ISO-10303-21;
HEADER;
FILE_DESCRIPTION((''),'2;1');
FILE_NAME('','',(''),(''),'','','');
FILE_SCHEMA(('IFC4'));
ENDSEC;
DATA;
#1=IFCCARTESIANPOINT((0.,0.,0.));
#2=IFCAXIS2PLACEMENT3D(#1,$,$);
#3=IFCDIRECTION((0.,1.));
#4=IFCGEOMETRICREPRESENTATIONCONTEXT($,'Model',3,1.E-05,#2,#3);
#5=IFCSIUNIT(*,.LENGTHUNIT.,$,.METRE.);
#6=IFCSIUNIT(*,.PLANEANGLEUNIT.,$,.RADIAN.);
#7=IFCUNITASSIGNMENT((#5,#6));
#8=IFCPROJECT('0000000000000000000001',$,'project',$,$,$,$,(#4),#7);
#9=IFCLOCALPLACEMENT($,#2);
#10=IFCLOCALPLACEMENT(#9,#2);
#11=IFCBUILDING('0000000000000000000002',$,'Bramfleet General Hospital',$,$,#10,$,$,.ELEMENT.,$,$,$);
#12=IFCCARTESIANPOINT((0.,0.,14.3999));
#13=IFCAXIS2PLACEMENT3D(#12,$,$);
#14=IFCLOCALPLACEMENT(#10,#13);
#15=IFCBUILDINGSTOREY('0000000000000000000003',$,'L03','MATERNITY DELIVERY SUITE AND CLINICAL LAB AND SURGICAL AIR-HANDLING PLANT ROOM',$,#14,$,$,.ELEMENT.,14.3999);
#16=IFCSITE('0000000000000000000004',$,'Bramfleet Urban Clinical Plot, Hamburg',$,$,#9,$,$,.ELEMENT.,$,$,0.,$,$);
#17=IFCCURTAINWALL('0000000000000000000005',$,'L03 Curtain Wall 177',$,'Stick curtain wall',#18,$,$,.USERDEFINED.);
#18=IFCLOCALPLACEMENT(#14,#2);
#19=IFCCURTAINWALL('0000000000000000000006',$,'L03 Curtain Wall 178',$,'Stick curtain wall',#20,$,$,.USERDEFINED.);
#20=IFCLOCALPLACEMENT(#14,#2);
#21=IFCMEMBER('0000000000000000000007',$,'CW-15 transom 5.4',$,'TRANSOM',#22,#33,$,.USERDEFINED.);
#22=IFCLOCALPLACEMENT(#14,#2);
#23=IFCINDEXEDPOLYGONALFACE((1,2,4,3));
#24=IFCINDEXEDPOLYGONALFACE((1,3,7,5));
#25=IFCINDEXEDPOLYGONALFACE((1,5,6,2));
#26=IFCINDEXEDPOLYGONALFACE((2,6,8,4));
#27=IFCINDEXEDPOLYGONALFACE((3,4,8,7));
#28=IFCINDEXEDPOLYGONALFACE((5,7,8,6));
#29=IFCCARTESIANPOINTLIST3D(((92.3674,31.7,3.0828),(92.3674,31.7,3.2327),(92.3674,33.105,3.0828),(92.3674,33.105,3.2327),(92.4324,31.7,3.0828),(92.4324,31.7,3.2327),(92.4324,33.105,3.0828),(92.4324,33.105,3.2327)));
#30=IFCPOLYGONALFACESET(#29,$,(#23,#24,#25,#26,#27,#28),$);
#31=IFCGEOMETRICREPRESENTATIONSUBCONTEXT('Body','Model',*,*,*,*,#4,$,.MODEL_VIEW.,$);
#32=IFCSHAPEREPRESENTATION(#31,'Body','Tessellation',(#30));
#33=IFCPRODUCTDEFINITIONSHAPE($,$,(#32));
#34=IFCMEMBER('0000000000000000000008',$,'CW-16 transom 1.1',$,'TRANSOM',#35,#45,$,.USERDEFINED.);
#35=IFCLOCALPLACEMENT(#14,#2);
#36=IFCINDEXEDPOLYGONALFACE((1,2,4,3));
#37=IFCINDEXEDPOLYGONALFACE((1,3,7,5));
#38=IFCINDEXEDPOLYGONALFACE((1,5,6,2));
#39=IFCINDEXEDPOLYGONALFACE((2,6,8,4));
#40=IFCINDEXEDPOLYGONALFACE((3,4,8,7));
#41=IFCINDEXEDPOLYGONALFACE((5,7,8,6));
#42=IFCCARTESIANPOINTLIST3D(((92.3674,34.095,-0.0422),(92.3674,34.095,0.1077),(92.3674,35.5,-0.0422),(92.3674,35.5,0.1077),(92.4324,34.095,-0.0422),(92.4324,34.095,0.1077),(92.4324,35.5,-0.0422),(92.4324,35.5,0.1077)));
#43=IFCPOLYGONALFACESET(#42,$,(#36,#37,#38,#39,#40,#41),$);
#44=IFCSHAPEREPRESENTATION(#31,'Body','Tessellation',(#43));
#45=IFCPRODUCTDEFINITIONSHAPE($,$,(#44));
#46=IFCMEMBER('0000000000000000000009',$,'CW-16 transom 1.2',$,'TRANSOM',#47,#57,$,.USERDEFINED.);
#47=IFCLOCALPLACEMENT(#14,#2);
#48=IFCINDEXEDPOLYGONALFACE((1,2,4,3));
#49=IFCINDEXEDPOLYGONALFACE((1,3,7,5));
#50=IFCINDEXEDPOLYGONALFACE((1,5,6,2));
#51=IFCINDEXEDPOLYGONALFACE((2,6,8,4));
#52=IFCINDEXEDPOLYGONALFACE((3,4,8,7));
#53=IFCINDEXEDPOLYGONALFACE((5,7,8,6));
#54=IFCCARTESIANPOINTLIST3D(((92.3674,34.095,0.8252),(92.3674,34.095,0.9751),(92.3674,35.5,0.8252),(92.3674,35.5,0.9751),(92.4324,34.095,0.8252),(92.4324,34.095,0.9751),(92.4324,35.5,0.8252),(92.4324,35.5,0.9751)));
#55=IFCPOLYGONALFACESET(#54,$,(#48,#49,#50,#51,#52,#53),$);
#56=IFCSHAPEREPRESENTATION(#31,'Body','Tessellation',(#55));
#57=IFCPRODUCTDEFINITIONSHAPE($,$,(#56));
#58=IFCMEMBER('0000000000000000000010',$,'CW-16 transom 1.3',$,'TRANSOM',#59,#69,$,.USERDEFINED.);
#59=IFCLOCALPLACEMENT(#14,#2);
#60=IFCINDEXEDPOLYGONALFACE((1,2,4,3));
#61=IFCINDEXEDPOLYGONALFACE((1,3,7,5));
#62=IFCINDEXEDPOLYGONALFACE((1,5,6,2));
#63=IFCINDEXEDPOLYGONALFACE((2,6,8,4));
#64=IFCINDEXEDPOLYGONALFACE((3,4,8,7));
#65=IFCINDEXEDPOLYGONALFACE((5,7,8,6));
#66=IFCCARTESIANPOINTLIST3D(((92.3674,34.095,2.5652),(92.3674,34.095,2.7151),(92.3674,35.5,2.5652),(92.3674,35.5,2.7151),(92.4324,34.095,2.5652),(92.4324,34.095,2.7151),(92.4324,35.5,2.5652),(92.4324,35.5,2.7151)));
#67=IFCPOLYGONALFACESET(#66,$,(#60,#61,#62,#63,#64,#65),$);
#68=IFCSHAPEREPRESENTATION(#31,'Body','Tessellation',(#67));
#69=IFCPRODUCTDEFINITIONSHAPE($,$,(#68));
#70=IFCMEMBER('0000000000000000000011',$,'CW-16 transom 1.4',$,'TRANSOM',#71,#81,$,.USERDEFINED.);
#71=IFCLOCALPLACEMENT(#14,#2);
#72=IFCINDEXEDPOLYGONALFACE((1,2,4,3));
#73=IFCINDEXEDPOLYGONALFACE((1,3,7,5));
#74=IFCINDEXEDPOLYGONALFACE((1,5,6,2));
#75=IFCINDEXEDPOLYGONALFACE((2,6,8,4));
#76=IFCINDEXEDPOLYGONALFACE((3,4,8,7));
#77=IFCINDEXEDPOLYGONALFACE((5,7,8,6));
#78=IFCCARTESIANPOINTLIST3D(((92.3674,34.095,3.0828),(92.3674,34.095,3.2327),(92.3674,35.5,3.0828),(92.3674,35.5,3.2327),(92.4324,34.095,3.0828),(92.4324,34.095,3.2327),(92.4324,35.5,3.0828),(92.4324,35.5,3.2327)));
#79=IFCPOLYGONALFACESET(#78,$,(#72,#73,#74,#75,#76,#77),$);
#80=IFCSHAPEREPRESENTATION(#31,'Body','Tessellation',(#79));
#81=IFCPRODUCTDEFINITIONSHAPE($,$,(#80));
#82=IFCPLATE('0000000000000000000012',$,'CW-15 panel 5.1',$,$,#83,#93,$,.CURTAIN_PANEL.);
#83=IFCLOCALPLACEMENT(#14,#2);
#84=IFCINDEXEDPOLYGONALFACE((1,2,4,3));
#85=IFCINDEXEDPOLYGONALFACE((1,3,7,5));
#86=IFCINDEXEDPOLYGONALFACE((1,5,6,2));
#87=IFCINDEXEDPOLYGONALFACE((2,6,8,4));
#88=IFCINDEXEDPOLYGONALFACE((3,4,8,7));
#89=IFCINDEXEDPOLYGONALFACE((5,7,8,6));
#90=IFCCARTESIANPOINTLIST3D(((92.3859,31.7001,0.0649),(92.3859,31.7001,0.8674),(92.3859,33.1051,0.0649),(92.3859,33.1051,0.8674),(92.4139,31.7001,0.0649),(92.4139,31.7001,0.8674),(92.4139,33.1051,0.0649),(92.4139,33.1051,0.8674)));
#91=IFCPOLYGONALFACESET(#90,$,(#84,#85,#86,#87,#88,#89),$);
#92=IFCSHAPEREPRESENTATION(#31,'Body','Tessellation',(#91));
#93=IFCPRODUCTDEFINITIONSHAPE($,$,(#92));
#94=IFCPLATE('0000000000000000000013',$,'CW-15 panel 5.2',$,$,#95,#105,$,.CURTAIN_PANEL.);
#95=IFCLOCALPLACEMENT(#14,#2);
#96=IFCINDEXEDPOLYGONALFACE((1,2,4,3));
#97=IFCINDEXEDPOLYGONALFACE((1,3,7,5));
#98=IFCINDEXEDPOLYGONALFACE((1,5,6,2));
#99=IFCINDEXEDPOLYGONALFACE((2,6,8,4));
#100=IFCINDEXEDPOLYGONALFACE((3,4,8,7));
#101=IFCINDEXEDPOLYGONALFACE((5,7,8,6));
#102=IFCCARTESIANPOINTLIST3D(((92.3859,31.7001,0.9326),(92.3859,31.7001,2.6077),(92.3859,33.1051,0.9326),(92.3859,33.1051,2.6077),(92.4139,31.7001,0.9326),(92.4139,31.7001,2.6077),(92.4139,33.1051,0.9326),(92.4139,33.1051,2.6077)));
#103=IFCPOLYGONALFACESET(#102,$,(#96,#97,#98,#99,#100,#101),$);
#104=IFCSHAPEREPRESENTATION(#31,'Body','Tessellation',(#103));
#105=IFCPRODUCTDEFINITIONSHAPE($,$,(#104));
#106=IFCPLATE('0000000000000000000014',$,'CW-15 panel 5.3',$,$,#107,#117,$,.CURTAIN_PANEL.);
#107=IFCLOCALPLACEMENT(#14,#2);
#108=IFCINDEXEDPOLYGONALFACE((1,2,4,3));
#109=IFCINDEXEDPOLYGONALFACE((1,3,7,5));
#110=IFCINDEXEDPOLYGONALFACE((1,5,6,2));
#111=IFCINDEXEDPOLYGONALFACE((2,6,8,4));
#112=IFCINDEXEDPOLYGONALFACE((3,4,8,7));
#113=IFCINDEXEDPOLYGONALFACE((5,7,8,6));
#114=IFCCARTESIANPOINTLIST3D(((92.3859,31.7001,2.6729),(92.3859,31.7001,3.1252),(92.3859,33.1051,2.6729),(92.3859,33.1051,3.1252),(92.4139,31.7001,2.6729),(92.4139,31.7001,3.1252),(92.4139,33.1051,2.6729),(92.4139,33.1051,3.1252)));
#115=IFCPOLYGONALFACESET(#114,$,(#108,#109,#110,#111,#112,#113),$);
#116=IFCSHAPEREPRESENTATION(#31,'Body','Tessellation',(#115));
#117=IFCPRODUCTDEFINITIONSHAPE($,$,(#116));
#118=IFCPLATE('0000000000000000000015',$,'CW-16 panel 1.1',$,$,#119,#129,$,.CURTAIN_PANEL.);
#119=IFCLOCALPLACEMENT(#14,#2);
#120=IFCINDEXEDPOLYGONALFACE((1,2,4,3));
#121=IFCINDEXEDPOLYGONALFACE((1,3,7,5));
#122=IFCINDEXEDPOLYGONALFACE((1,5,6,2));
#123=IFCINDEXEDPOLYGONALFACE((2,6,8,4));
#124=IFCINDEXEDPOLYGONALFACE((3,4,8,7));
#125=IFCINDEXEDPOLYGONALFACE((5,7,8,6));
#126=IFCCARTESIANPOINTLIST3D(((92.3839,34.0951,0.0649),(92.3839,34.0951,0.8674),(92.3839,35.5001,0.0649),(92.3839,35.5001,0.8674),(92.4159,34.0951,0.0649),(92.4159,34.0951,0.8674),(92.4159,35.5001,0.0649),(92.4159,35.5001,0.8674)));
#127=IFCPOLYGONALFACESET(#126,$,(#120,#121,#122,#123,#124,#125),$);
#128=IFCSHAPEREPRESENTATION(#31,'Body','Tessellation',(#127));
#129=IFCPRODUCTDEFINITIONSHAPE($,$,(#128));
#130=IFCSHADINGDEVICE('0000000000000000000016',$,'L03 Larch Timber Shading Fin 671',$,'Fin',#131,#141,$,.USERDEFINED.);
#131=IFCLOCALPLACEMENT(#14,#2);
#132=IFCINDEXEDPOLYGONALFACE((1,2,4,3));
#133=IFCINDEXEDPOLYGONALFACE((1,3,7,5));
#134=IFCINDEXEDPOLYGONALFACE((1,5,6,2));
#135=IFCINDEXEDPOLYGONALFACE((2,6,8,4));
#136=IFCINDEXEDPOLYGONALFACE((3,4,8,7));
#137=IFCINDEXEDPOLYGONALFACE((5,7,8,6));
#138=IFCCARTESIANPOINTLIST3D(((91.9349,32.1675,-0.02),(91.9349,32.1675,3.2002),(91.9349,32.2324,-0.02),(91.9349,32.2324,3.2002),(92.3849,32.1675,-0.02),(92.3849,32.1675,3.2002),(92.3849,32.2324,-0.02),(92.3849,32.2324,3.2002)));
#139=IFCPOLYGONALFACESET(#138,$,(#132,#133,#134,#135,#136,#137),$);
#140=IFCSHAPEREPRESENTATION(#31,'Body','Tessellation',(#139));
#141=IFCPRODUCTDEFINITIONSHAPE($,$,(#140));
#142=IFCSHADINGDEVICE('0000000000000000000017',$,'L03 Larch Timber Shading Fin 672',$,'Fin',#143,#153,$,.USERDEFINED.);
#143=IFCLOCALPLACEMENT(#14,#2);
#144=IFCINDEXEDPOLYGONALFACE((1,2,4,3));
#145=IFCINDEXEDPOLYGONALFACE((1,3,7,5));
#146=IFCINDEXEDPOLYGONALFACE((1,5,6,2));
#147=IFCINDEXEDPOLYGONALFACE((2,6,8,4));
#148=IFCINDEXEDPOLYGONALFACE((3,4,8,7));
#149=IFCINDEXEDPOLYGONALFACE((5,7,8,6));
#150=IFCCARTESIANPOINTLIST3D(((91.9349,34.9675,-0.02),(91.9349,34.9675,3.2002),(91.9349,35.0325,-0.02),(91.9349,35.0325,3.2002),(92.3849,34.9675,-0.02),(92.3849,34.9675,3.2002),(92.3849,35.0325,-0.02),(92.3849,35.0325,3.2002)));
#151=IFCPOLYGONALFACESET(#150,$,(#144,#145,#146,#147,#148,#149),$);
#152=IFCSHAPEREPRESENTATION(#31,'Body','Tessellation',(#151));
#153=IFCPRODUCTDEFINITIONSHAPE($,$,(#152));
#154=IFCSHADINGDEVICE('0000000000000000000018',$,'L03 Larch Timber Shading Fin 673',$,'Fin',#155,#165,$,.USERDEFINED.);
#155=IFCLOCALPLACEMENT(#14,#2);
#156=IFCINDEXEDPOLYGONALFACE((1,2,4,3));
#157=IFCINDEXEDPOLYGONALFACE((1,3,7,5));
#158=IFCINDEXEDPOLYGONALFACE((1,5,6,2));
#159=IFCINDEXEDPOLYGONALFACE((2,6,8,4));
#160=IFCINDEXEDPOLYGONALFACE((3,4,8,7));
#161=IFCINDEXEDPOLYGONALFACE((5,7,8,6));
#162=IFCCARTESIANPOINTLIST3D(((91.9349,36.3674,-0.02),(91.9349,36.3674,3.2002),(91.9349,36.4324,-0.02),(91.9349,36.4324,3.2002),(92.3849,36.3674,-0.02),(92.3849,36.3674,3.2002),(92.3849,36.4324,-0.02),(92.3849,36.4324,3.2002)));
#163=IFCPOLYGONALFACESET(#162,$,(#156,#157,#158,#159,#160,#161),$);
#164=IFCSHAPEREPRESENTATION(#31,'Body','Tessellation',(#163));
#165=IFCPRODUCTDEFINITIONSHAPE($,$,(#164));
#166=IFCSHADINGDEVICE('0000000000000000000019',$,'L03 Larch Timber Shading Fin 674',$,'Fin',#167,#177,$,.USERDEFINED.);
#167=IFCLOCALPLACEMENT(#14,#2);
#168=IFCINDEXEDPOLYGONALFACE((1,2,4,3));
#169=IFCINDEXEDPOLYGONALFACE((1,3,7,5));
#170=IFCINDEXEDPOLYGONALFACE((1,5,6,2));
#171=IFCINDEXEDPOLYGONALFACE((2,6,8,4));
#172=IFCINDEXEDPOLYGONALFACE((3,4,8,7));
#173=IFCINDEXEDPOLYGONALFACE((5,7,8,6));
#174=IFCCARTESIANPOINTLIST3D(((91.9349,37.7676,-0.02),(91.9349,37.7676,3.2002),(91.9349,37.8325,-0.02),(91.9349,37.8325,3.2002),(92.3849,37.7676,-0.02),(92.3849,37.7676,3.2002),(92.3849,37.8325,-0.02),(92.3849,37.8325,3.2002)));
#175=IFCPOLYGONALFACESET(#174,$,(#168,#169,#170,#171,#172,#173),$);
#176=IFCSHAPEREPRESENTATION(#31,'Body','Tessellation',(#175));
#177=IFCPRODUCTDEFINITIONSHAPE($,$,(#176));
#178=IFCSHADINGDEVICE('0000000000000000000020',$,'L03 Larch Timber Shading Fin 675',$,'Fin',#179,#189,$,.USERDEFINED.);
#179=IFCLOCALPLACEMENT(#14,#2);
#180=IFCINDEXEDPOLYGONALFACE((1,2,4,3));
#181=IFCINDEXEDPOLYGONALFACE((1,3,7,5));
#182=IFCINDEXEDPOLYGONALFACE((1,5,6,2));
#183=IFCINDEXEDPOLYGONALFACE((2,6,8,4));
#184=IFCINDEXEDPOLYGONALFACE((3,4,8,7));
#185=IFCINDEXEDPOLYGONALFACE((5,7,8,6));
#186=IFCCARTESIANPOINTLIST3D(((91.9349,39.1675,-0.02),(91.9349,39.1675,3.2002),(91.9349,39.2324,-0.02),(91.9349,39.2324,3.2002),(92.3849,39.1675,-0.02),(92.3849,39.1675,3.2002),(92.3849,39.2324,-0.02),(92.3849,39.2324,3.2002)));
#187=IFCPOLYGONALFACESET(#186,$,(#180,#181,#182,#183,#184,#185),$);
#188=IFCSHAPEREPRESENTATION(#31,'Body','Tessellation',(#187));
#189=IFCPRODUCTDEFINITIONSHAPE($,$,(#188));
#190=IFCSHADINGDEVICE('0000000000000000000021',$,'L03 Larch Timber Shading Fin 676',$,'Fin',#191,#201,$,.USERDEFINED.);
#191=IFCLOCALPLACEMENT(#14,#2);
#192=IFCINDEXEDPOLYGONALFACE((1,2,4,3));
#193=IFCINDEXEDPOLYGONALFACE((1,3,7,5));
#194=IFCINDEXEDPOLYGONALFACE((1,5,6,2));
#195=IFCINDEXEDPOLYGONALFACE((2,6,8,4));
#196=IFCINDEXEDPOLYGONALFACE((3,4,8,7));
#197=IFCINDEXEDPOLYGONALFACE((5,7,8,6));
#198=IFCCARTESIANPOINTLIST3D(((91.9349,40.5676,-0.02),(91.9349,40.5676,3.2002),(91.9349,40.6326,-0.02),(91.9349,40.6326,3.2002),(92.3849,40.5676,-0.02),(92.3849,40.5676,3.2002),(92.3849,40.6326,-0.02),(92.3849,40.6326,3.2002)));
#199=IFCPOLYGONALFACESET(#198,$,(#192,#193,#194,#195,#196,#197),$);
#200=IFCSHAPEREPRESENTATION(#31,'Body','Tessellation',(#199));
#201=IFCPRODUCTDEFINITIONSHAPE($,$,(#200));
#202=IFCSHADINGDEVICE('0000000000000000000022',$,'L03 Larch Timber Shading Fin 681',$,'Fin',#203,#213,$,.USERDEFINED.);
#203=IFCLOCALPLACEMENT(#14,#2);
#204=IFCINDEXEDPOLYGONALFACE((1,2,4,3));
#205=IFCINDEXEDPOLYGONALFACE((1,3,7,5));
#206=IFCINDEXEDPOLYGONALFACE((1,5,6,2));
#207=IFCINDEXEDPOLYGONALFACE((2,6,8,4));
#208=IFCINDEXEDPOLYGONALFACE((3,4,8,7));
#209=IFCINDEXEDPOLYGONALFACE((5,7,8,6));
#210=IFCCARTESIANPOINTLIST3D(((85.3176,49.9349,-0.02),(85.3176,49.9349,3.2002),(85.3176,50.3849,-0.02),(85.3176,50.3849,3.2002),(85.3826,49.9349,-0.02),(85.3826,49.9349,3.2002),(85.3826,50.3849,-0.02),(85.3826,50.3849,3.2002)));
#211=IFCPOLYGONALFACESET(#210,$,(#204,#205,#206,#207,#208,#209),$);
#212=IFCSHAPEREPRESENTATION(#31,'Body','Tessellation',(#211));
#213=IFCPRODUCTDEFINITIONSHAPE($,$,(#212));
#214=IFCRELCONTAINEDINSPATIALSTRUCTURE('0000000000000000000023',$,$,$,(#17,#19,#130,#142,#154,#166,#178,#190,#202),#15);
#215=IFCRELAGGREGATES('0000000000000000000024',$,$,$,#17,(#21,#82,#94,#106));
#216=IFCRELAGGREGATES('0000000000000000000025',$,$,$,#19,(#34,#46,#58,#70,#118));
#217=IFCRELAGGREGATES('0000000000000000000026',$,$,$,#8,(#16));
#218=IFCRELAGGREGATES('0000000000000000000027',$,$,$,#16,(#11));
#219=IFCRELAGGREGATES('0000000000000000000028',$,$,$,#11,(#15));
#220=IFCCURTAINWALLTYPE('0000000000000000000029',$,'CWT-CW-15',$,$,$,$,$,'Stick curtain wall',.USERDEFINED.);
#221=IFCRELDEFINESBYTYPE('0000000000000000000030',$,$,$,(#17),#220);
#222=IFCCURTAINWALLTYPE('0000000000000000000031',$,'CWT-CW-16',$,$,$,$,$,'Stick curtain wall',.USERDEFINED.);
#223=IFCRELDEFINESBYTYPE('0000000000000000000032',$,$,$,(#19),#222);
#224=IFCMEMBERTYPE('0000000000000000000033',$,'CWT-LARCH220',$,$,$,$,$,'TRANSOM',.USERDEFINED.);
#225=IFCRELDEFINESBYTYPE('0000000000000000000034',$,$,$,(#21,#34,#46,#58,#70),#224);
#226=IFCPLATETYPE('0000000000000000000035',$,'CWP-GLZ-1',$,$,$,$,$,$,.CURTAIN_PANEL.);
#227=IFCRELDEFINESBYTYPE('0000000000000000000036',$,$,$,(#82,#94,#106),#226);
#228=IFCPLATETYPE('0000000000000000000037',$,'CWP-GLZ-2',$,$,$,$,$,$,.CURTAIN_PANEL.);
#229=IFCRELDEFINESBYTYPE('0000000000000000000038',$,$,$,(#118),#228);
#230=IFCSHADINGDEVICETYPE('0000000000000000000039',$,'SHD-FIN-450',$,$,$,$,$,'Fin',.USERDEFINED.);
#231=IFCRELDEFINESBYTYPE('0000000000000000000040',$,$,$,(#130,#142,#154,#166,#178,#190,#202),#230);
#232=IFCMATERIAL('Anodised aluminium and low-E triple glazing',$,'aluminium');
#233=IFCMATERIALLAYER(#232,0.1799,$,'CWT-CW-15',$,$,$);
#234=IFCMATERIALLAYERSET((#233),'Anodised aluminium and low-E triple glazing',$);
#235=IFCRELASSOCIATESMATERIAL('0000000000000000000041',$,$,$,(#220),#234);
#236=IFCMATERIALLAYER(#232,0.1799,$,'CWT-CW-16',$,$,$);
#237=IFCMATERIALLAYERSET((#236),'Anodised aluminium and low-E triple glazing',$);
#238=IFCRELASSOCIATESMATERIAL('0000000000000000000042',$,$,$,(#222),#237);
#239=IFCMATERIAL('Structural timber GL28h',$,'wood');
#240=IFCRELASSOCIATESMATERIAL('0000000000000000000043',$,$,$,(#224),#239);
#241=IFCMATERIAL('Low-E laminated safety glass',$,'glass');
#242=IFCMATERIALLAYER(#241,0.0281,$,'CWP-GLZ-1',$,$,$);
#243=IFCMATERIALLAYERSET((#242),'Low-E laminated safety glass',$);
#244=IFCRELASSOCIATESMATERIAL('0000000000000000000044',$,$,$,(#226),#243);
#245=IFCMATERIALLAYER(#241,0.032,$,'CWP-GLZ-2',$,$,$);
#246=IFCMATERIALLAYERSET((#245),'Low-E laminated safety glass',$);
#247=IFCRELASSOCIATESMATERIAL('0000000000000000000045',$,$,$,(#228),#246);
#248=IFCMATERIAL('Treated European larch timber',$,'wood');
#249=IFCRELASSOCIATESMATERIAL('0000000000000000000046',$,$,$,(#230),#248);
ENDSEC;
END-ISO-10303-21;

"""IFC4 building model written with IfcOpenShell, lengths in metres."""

from ifc_helpers import new_model, si_unit, direction, frame, origin, origin_2d, place, context, subcontext, project, spatial, rectangle, extrude, material, layer, layer_set, material_profile, profile_set, type_object, element, aggregate, save


model = new_model("IFC4")

# Units and contexts
model_context = context("Model", 3, precision=1e-05, world=origin(), true_north=direction((0.0, 1.0)))
body_context = subcontext(model_context, "Body", "Model", "MODEL_VIEW")
ifc_project = project(units=[si_unit("LENGTHUNIT", "METRE"), si_unit("PLANEANGLEUNIT", "RADIAN")], contexts=[model_context])

# Site, building, storey
site_placement = place(None, origin())
site = spatial("IfcSite", under=ifc_project, at=site_placement, Name="Bramfleet Urban Clinical Plot, Hamburg", CompositionType="ELEMENT", RefElevation=0.0)
building_placement = place(site_placement, origin())
building = spatial("IfcBuilding", under=site, at=building_placement, Name="Bramfleet General Hospital", CompositionType="ELEMENT")
storey_placement = place(building_placement, frame((0.0, 0.0, 14.3999)))
storey = spatial("IfcBuildingStorey", under=building, at=storey_placement, Name="L03", Description="MATERNITY DELIVERY SUITE AND CLINICAL LAB AND SURGICAL AIR-HANDLING PLANT ROOM", CompositionType="ELEMENT", Elevation=14.3999)

# Curtain walls
ifc_material_1 = material(Name="Anodised aluminium and low-E triple glazing", Category="aluminium")
ifc_layer_1 = layer(ifc_material_1, 0.1799, Name="CWT-CW-15")
ifc_layer_set_1 = layer_set([ifc_layer_1], Name="Anodised aluminium and low-E triple glazing")
curtain_wall_type_1 = type_object("IfcCurtainWallType", Name="CWT-CW-15", ElementType="Stick curtain wall", PredefinedType="USERDEFINED", material=ifc_layer_set_1)
curtain_wall_1_placement = place(storey_placement, origin())
curtain_wall_1 = element("IfcCurtainWall", 1, at=curtain_wall_1_placement, inside=storey, type_object=curtain_wall_type_1, Name="L03 Curtain Wall 177", ObjectType="Stick curtain wall", PredefinedType="USERDEFINED")
ifc_material_2 = material(Name="Structural timber GL28h", Category="wood")
ifc_layer_2 = layer(ifc_material_1, 0.1799, Name="CWT-CW-16")
ifc_layer_set_2 = layer_set([ifc_layer_2], Name="Anodised aluminium and low-E triple glazing")
curtain_wall_type_2 = type_object("IfcCurtainWallType", Name="CWT-CW-16", ElementType="Stick curtain wall", PredefinedType="USERDEFINED", material=ifc_layer_set_2)
curtain_wall_2_placement = place(storey_placement, origin())
curtain_wall_2 = element("IfcCurtainWall", 2, at=curtain_wall_2_placement, inside=storey, type_object=curtain_wall_type_2, Name="L03 Curtain Wall 178", ObjectType="Stick curtain wall", PredefinedType="USERDEFINED")

# Members
ifc_material_profile_1 = material_profile(ifc_material_2, rectangle(XDim=0.0649, YDim=0.1499, at=origin_2d()), Name="LARCH 150x65")
ifc_profile_set_1 = profile_set([ifc_material_profile_1], Name="Structural timber GL28h")
member_type_1 = type_object("IfcMemberType", Name="CWT-LARCH220", ElementType="TRANSOM", PredefinedType="USERDEFINED", material=ifc_profile_set_1)
member_1_placement = place(storey_placement, frame((92.3999, 31.7, 3.1577), z_axis=(0.0, 1.0, 0.0), x_axis=(-1.0, 0.0, 0.0)))
member_1 = element("IfcMember", 3, at=member_1_placement, type_object=member_type_1, Name="CW-15 transom 5.4", ObjectType="TRANSOM", PredefinedType="USERDEFINED", context=body_context, shape_type="SweptSolid", body=[
    extrude(rectangle(XDim=0.0649, YDim=0.1499, at=origin_2d()), origin(), (0.0, 0.0, 1.0), 1.405),
])
member_2_placement = place(storey_placement, frame((92.3999, 34.095, 0.0327), z_axis=(0.0, 1.0, 0.0), x_axis=(-1.0, 0.0, 0.0)))
member_2 = element("IfcMember", 4, at=member_2_placement, type_object=member_type_1, Name="CW-16 transom 1.1", ObjectType="TRANSOM", PredefinedType="USERDEFINED", context=body_context, shape_type="SweptSolid", body=[
    extrude(rectangle(XDim=0.0649, YDim=0.1499, at=origin_2d()), origin(), (0.0, 0.0, 1.0), 1.405),
])
member_3_placement = place(storey_placement, frame((92.3999, 34.095, 0.9001), z_axis=(0.0, 1.0, 0.0), x_axis=(-1.0, 0.0, 0.0)))
member_3 = element("IfcMember", 5, at=member_3_placement, type_object=member_type_1, Name="CW-16 transom 1.2", ObjectType="TRANSOM", PredefinedType="USERDEFINED", context=body_context, shape_type="SweptSolid", body=[
    extrude(rectangle(XDim=0.0649, YDim=0.1499, at=origin_2d()), origin(), (0.0, 0.0, 1.0), 1.405),
])
member_4_placement = place(storey_placement, frame((92.3999, 34.095, 2.6401), z_axis=(0.0, 1.0, 0.0), x_axis=(-1.0, 0.0, 0.0)))
member_4 = element("IfcMember", 6, at=member_4_placement, type_object=member_type_1, Name="CW-16 transom 1.3", ObjectType="TRANSOM", PredefinedType="USERDEFINED", context=body_context, shape_type="SweptSolid", body=[
    extrude(rectangle(XDim=0.0649, YDim=0.1499, at=origin_2d()), origin(), (0.0, 0.0, 1.0), 1.405),
])
member_5_placement = place(storey_placement, frame((92.3999, 34.095, 3.1577), z_axis=(0.0, 1.0, 0.0), x_axis=(-1.0, 0.0, 0.0)))
member_5 = element("IfcMember", 7, at=member_5_placement, type_object=member_type_1, Name="CW-16 transom 1.4", ObjectType="TRANSOM", PredefinedType="USERDEFINED", context=body_context, shape_type="SweptSolid", body=[
    extrude(rectangle(XDim=0.0649, YDim=0.1499, at=origin_2d()), origin(), (0.0, 0.0, 1.0), 1.405),
])

# Plates
ifc_material_3 = material(Name="Low-E laminated safety glass", Category="glass")
ifc_layer_3 = layer(ifc_material_3, 0.0281, Name="CWP-GLZ-1")
ifc_layer_set_3 = layer_set([ifc_layer_3], Name="Low-E laminated safety glass")
plate_type_1 = type_object("IfcPlateType", Name="CWP-GLZ-1", PredefinedType="CURTAIN_PANEL", material=ifc_layer_set_3)
plate_1_placement = place(storey_placement, frame((92.3999, 32.4026, 0.0649), z_axis=(0.0, 0.0, 1.0), x_axis=(0.0, 1.0, 0.0)))
plate_1 = element("IfcPlate", 8, at=plate_1_placement, type_object=plate_type_1, Name="CW-15 panel 5.1", PredefinedType="CURTAIN_PANEL", context=body_context, shape_type="SweptSolid", body=[
    extrude(rectangle(XDim=1.405, YDim=0.0281, at=origin_2d()), origin(), (0.0, 0.0, 1.0), 0.8025),
])
plate_2_placement = place(storey_placement, frame((92.3999, 32.4026, 0.9326), z_axis=(0.0, 0.0, 1.0), x_axis=(0.0, 1.0, 0.0)))
plate_2 = element("IfcPlate", 9, at=plate_2_placement, type_object=plate_type_1, Name="CW-15 panel 5.2", PredefinedType="CURTAIN_PANEL", context=body_context, shape_type="SweptSolid", body=[
    extrude(rectangle(XDim=1.405, YDim=0.0281, at=origin_2d()), origin(), (0.0, 0.0, 1.0), 1.675),
])
plate_3_placement = place(storey_placement, frame((92.3999, 32.4026, 2.6729), z_axis=(0.0, 0.0, 1.0), x_axis=(0.0, 1.0, 0.0)))
plate_3 = element("IfcPlate", 10, at=plate_3_placement, type_object=plate_type_1, Name="CW-15 panel 5.3", PredefinedType="CURTAIN_PANEL", context=body_context, shape_type="SweptSolid", body=[
    extrude(rectangle(XDim=1.405, YDim=0.0281, at=origin_2d()), origin(), (0.0, 0.0, 1.0), 0.4524),
])
aggregate(curtain_wall_1, [member_1, plate_1, plate_2, plate_3])
ifc_layer_4 = layer(ifc_material_3, 0.032, Name="CWP-GLZ-2")
ifc_layer_set_4 = layer_set([ifc_layer_4], Name="Low-E laminated safety glass")
plate_type_2 = type_object("IfcPlateType", Name="CWP-GLZ-2", PredefinedType="CURTAIN_PANEL", material=ifc_layer_set_4)
plate_4_placement = place(storey_placement, frame((92.3999, 34.7976, 0.0649), z_axis=(0.0, 0.0, 1.0), x_axis=(0.0, 1.0, 0.0)))
plate_4 = element("IfcPlate", 11, at=plate_4_placement, type_object=plate_type_2, Name="CW-16 panel 1.1", PredefinedType="CURTAIN_PANEL", context=body_context, shape_type="SweptSolid", body=[
    extrude(rectangle(XDim=1.405, YDim=0.032, at=origin_2d()), origin(), (0.0, 0.0, 1.0), 0.8025),
])
aggregate(curtain_wall_2, [member_2, member_3, member_4, member_5, plate_4])

# Shading devices
ifc_material_4 = material(Name="Treated European larch timber", Category="wood")
ifc_material_profile_2 = material_profile(ifc_material_4, rectangle(XDim=0.0649, YDim=0.45, at=origin_2d()), Name="LARCH FIN 450x65")
ifc_profile_set_2 = profile_set([ifc_material_profile_2], Name="Treated European larch timber")
shading_device_type = type_object("IfcShadingDeviceType", Name="SHD-FIN-450", ElementType="Fin", PredefinedType="USERDEFINED", material=ifc_profile_set_2)
for number, where, z_axis, x_axis, name in (
    (12, (92.1599, 32.2, -0.02), (0.0, 0.0, 1.0), (0.0, 1.0, 0.0), "L03 Larch Timber Shading Fin 671"),
    (13, (92.1599, 35.0, -0.02), (0.0, 0.0, 1.0), (0.0, 1.0, 0.0), "L03 Larch Timber Shading Fin 672"),
    (14, (92.1599, 36.3999, -0.02), (0.0, 0.0, 1.0), (0.0, 1.0, 0.0), "L03 Larch Timber Shading Fin 673"),
    (15, (92.1599, 37.8, -0.02), (0.0, 0.0, 1.0), (0.0, 1.0, 0.0), "L03 Larch Timber Shading Fin 674"),
    (16, (92.1599, 39.2, -0.02), (0.0, 0.0, 1.0), (0.0, 1.0, 0.0), "L03 Larch Timber Shading Fin 675"),
    (17, (92.1599, 40.6001, -0.02), (0.0, 0.0, 1.0), (0.0, 1.0, 0.0), "L03 Larch Timber Shading Fin 676"),
    (18, (85.3501, 50.1599, -0.02), (0.0, 0.0, 1.0), (-1.0, 0.0, 0.0), "L03 Larch Timber Shading Fin 681"),
):
    element("IfcShadingDevice", number, at=place(storey_placement, frame(where, z_axis=z_axis, x_axis=x_axis)), inside=storey, type_object=shading_device_type, Name=name, ObjectType="Fin", PredefinedType="USERDEFINED", context=body_context, shape_type="SweptSolid", body=[
        extrude(rectangle(XDim=0.0649, YDim=0.45, at=origin_2d()), origin(), (0.0, 0.0, 1.0), 3.2202),
    ])

save(model, "model.ifc")
